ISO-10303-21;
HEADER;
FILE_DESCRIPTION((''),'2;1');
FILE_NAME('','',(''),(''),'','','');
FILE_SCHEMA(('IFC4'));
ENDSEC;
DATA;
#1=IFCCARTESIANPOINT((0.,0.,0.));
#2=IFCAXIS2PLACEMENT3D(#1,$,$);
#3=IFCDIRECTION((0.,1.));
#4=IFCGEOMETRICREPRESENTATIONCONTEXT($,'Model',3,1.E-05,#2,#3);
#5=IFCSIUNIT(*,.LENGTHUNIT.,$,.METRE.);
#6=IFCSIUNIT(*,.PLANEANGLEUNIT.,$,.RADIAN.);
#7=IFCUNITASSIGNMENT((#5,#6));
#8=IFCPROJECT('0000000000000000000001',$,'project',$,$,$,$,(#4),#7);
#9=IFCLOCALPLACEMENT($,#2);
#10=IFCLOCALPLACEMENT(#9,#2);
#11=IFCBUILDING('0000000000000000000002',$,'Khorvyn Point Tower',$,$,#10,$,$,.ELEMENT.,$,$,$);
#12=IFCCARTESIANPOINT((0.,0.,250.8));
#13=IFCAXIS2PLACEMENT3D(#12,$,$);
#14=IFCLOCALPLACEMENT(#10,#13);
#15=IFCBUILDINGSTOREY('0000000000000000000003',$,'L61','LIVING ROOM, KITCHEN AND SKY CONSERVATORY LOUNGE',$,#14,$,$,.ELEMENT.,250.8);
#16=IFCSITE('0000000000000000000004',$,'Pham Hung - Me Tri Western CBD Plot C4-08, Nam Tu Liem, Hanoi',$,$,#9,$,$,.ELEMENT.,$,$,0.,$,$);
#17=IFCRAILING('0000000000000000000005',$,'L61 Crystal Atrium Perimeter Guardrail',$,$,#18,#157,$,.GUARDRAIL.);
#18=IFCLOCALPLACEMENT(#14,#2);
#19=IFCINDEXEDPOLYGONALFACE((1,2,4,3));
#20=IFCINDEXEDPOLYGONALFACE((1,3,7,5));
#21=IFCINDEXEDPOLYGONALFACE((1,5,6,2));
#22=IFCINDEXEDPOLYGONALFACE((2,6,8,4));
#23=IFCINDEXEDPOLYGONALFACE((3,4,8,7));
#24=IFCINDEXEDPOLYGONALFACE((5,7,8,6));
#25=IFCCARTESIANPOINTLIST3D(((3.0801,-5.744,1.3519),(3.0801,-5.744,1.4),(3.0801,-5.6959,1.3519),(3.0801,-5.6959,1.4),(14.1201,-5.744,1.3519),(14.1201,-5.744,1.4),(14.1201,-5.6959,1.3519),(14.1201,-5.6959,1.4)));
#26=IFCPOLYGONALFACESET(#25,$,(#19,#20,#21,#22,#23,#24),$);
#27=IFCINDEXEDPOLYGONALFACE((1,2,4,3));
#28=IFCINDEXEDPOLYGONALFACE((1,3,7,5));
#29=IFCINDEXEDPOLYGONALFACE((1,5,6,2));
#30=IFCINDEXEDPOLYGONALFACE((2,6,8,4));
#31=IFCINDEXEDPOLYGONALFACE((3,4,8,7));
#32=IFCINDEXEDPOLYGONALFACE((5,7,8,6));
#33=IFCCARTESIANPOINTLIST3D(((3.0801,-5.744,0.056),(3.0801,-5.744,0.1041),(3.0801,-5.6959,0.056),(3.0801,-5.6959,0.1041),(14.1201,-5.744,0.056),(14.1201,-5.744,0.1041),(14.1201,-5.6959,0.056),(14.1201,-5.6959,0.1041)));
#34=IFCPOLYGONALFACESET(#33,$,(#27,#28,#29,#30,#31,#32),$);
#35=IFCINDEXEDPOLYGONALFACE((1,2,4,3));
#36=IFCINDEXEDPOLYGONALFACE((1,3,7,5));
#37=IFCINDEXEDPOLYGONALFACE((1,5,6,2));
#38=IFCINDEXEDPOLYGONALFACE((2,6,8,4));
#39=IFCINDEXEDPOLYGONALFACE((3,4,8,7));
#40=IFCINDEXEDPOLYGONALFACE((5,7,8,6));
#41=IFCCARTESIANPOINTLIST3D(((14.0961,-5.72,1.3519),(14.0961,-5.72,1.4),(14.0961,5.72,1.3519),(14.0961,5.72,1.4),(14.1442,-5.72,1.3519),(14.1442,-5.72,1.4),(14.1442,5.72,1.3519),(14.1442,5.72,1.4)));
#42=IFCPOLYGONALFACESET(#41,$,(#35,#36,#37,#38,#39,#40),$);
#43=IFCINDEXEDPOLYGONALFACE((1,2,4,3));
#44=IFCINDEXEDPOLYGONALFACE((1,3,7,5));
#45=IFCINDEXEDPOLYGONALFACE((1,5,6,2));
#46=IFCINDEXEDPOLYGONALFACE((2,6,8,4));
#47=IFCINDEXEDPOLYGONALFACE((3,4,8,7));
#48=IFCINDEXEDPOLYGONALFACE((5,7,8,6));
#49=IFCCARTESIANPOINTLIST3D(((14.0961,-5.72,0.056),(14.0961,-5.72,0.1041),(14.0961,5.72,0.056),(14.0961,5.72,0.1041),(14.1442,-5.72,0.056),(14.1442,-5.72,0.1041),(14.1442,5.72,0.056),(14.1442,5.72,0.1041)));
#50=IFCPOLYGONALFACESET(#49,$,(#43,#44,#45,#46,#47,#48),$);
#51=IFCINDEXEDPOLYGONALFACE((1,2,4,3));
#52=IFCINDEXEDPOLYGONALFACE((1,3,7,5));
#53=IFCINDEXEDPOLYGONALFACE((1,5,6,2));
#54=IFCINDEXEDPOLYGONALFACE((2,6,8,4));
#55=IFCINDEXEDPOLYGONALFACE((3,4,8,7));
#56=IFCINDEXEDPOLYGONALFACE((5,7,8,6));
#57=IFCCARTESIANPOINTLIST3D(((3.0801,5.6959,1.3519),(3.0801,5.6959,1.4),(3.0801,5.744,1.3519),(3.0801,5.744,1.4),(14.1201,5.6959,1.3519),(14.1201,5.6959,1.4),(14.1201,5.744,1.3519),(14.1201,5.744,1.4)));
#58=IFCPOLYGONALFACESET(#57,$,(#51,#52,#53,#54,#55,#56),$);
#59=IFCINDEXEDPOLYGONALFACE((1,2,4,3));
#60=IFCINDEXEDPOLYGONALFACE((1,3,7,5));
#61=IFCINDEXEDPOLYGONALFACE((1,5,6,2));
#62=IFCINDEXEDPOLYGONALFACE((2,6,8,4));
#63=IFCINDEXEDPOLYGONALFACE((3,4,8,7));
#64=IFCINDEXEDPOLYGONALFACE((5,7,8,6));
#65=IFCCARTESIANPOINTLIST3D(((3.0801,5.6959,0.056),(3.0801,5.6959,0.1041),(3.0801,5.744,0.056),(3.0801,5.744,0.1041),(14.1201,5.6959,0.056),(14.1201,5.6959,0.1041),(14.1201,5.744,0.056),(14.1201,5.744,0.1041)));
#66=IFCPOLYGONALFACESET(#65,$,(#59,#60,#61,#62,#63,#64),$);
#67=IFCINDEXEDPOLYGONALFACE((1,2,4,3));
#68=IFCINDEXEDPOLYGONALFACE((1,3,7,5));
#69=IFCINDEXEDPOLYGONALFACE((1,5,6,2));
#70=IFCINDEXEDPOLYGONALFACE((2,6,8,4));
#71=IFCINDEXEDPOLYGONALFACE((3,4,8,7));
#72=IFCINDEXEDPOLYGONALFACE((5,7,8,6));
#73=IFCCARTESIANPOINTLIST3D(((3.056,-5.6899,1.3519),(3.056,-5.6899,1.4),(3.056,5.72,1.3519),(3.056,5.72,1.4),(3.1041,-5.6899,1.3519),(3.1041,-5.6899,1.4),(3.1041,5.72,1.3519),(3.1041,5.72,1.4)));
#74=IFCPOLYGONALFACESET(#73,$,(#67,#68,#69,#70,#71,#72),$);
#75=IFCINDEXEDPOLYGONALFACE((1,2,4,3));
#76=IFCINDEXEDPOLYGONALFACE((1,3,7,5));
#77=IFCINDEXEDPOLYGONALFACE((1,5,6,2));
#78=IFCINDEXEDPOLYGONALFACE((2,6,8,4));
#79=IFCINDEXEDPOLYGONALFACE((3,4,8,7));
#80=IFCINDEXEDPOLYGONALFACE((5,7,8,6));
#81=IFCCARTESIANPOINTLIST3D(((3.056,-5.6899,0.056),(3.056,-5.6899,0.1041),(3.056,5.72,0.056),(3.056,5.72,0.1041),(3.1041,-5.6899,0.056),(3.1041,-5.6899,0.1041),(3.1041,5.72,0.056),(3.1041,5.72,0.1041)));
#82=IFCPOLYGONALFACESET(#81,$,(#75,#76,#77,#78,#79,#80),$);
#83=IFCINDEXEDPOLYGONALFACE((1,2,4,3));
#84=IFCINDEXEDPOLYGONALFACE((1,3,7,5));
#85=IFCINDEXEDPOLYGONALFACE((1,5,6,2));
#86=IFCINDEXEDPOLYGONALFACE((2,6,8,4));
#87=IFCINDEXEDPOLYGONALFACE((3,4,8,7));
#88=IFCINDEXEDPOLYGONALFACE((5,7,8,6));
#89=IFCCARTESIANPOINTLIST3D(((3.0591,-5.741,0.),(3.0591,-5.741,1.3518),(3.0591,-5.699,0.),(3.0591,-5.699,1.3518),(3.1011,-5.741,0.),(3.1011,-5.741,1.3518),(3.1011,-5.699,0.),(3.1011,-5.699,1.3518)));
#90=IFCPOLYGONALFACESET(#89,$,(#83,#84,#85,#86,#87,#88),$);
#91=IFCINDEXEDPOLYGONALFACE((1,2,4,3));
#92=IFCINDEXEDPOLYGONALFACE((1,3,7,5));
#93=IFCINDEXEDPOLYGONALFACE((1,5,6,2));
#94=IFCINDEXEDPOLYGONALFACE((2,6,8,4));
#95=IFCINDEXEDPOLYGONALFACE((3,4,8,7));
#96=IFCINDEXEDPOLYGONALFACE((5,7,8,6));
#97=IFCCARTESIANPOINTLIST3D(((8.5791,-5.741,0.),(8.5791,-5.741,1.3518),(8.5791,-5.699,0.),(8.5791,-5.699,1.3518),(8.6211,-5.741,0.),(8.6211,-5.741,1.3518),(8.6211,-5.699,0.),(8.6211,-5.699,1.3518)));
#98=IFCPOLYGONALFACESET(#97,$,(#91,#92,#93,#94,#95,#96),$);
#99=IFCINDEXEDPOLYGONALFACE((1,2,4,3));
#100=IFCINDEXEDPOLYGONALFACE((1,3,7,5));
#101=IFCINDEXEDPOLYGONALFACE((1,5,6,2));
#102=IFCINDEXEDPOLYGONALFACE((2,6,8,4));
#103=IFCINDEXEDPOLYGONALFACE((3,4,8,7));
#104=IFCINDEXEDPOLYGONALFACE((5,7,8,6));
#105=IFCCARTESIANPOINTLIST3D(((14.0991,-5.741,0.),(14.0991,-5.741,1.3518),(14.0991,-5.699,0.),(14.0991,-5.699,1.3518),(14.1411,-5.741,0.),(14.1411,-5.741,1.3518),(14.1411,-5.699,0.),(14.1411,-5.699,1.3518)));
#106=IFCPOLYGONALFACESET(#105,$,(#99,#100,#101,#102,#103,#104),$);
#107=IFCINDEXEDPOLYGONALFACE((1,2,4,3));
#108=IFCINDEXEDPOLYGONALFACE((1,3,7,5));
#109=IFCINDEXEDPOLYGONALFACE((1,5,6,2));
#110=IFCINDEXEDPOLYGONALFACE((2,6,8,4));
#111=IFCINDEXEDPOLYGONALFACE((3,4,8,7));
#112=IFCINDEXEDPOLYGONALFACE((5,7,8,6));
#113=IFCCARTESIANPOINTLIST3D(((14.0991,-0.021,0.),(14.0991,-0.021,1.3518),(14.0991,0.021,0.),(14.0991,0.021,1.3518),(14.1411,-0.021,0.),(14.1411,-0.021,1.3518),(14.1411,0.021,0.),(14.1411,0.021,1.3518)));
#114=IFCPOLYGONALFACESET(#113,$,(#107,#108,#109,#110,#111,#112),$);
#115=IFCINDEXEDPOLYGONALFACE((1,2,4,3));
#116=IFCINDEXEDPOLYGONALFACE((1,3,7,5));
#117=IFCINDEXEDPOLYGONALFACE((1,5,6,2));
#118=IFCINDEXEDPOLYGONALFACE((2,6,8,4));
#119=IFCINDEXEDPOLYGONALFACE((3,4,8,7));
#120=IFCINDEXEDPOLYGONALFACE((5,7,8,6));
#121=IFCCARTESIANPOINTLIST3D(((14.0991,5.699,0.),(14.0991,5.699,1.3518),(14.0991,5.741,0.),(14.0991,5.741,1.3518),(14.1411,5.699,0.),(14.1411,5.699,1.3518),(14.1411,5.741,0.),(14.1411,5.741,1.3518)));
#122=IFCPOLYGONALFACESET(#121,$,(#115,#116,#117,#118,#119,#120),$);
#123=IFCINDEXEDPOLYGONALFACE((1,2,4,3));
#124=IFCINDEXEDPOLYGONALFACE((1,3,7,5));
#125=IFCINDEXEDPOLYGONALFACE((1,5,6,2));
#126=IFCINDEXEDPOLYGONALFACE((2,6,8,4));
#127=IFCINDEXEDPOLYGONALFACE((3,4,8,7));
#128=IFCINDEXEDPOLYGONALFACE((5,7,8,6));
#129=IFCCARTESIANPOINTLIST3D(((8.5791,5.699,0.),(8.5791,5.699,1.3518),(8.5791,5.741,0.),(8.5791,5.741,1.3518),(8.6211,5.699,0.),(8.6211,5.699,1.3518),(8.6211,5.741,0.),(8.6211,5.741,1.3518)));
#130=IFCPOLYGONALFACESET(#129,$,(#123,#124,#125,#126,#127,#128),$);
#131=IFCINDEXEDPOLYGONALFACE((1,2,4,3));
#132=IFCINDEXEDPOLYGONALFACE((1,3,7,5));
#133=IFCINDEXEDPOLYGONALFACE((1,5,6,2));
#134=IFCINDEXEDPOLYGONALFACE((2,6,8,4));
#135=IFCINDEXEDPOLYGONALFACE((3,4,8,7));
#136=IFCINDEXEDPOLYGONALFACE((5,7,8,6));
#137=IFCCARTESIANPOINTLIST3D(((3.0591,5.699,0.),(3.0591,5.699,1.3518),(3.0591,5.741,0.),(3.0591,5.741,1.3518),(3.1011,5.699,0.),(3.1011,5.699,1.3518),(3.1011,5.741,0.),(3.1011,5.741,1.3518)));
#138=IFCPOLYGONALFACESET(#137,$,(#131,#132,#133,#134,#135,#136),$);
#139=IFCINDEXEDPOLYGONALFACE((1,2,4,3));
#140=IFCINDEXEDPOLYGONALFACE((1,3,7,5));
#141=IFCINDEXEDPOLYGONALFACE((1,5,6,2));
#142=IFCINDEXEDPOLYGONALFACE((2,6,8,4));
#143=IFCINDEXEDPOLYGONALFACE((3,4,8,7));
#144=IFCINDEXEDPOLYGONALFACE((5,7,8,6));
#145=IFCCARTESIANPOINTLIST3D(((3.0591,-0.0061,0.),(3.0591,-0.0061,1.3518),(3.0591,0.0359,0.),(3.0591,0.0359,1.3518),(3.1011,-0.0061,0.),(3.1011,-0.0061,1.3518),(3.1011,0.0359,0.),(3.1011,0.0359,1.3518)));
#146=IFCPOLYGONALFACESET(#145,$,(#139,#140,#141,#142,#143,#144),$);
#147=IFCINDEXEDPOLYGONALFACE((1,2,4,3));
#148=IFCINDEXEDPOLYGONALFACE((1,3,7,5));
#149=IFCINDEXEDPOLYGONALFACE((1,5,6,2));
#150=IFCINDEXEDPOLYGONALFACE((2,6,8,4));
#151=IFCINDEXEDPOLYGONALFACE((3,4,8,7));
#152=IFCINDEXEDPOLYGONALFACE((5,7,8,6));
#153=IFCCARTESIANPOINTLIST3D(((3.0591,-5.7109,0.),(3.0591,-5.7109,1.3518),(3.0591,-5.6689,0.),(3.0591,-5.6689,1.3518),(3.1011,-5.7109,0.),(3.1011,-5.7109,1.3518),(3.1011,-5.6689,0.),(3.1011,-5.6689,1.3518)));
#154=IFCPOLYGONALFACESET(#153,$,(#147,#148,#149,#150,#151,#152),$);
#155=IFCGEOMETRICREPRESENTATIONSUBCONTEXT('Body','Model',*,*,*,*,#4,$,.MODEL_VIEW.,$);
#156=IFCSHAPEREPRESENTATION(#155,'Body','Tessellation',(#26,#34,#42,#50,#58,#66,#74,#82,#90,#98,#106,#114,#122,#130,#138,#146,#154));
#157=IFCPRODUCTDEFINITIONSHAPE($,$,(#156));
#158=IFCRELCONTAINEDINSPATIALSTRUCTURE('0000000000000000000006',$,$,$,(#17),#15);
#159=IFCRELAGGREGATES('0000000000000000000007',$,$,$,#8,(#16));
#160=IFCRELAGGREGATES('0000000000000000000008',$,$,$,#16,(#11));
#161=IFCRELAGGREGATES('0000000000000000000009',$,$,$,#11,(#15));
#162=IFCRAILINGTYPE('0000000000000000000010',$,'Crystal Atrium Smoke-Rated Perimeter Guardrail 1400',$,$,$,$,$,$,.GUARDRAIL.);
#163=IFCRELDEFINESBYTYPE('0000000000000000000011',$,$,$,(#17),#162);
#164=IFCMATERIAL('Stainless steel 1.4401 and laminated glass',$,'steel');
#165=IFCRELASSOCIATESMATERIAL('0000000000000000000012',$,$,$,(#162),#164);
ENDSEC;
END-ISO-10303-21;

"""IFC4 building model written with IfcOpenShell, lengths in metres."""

from ifc_helpers import new_model, si_unit, direction, frame, origin, origin_2d, place, context, subcontext, project, spatial, rectangle, extrude, material, type_object, element, save


model = new_model("IFC4")

# Units and contexts
model_context = context("Model", 3, precision=1e-05, world=origin(), true_north=direction((0.0, 1.0)))
body_context = subcontext(model_context, "Body", "Model", "MODEL_VIEW")
ifc_project = project(units=[si_unit("LENGTHUNIT", "METRE"), si_unit("PLANEANGLEUNIT", "RADIAN")], contexts=[model_context])

# Site, building, storey
site_placement = place(None, origin())
site = spatial("IfcSite", under=ifc_project, at=site_placement, Name="Pham Hung - Me Tri Western CBD Plot C4-08, Nam Tu Liem, Hanoi", CompositionType="ELEMENT", RefElevation=0.0)
building_placement = place(site_placement, origin())
building = spatial("IfcBuilding", under=site, at=building_placement, Name="Khorvyn Point Tower", CompositionType="ELEMENT")
storey_placement = place(building_placement, frame((0.0, 0.0, 250.8)))
storey = spatial("IfcBuildingStorey", under=building, at=storey_placement, Name="L61", Description="LIVING ROOM, KITCHEN AND SKY CONSERVATORY LOUNGE", CompositionType="ELEMENT", Elevation=250.8)

# Railing
ifc_material_1 = material(Name="Stainless steel 1.4401 and laminated glass", Category="steel")
railing_type = type_object("IfcRailingType", Name="Crystal Atrium Smoke-Rated Perimeter Guardrail 1400", PredefinedType="GUARDRAIL", material=ifc_material_1)
railing_placement = place(storey_placement, frame((3.0801, -5.72, 0.0)))
element("IfcRailing", 1, at=railing_placement, inside=storey, type_object=railing_type, Name="L61 Crystal Atrium Perimeter Guardrail", PredefinedType="GUARDRAIL", context=body_context, shape_type="SweptSolid", body=[
    extrude(rectangle(XDim=0.0481, YDim=0.0481, at=origin_2d()), frame((0.0, 0.0, 1.376), z_axis=(1.0, 0.0, 0.0), x_axis=(0.0, 1.0, 0.0)), (0.0, 0.0, 1.0), 11.04),
    extrude(rectangle(XDim=0.0481, YDim=0.0481, at=origin_2d()), frame((0.0, 0.0, 0.0801), z_axis=(1.0, 0.0, 0.0), x_axis=(0.0, 1.0, 0.0)), (0.0, 0.0, 1.0), 11.04),
    extrude(rectangle(XDim=0.0481, YDim=0.0481, at=origin_2d()), frame((11.04, 0.0, 1.376), z_axis=(0.0, 1.0, 0.0), x_axis=(-1.0, 0.0, 0.0)), (0.0, 0.0, 1.0), 11.4399),
    extrude(rectangle(XDim=0.0481, YDim=0.0481, at=origin_2d()), frame((11.04, 0.0, 0.0801), z_axis=(0.0, 1.0, 0.0), x_axis=(-1.0, 0.0, 0.0)), (0.0, 0.0, 1.0), 11.4399),
    extrude(rectangle(XDim=0.0481, YDim=0.0481, at=origin_2d()), frame((11.04, 11.4399, 1.376), z_axis=(-1.0, 0.0, 0.0), x_axis=(0.0, -1.0, 0.0)), (0.0, 0.0, 1.0), 11.04),
    extrude(rectangle(XDim=0.0481, YDim=0.0481, at=origin_2d()), frame((11.04, 11.4399, 0.0801), z_axis=(-1.0, 0.0, 0.0), x_axis=(0.0, -1.0, 0.0)), (0.0, 0.0, 1.0), 11.04),
    extrude(rectangle(XDim=0.0481, YDim=0.0481, at=origin_2d()), frame((0.0, 11.4399, 1.376), z_axis=(0.0, -1.0, 0.0), x_axis=(1.0, 0.0, 0.0)), (0.0, 0.0, 1.0), 11.4099),
    extrude(rectangle(XDim=0.0481, YDim=0.0481, at=origin_2d()), frame((0.0, 11.4399, 0.0801), z_axis=(0.0, -1.0, 0.0), x_axis=(1.0, 0.0, 0.0)), (0.0, 0.0, 1.0), 11.4099),
    extrude(rectangle(XDim=0.042, YDim=0.042, at=origin_2d()), origin(), (0.0, 0.0, 1.0), 1.3518),
    extrude(rectangle(XDim=0.042, YDim=0.042, at=origin_2d()), frame((5.52, 0.0, 0.0)), (0.0, 0.0, 1.0), 1.3518),
    extrude(rectangle(XDim=0.042, YDim=0.042, at=origin_2d()), frame((11.04, 0.0, 0.0)), (0.0, 0.0, 1.0), 1.3518),
    extrude(rectangle(XDim=0.042, YDim=0.042, at=origin_2d()), frame((11.04, 5.72, 0.0)), (0.0, 0.0, 1.0), 1.3518),
    extrude(rectangle(XDim=0.042, YDim=0.042, at=origin_2d()), frame((11.04, 11.4399, 0.0)), (0.0, 0.0, 1.0), 1.3518),
    extrude(rectangle(XDim=0.042, YDim=0.042, at=origin_2d()), frame((5.52, 11.4399, 0.0)), (0.0, 0.0, 1.0), 1.3518),
    extrude(rectangle(XDim=0.042, YDim=0.042, at=origin_2d()), frame((0.0, 11.4399, 0.0)), (0.0, 0.0, 1.0), 1.3518),
    extrude(rectangle(XDim=0.042, YDim=0.042, at=origin_2d()), frame((0.0, 5.7349, 0.0)), (0.0, 0.0, 1.0), 1.3518),
    extrude(rectangle(XDim=0.042, YDim=0.042, at=origin_2d()), frame((0.0, 0.03, 0.0)), (0.0, 0.0, 1.0), 1.3518),
])

save(model, "model.ifc")
